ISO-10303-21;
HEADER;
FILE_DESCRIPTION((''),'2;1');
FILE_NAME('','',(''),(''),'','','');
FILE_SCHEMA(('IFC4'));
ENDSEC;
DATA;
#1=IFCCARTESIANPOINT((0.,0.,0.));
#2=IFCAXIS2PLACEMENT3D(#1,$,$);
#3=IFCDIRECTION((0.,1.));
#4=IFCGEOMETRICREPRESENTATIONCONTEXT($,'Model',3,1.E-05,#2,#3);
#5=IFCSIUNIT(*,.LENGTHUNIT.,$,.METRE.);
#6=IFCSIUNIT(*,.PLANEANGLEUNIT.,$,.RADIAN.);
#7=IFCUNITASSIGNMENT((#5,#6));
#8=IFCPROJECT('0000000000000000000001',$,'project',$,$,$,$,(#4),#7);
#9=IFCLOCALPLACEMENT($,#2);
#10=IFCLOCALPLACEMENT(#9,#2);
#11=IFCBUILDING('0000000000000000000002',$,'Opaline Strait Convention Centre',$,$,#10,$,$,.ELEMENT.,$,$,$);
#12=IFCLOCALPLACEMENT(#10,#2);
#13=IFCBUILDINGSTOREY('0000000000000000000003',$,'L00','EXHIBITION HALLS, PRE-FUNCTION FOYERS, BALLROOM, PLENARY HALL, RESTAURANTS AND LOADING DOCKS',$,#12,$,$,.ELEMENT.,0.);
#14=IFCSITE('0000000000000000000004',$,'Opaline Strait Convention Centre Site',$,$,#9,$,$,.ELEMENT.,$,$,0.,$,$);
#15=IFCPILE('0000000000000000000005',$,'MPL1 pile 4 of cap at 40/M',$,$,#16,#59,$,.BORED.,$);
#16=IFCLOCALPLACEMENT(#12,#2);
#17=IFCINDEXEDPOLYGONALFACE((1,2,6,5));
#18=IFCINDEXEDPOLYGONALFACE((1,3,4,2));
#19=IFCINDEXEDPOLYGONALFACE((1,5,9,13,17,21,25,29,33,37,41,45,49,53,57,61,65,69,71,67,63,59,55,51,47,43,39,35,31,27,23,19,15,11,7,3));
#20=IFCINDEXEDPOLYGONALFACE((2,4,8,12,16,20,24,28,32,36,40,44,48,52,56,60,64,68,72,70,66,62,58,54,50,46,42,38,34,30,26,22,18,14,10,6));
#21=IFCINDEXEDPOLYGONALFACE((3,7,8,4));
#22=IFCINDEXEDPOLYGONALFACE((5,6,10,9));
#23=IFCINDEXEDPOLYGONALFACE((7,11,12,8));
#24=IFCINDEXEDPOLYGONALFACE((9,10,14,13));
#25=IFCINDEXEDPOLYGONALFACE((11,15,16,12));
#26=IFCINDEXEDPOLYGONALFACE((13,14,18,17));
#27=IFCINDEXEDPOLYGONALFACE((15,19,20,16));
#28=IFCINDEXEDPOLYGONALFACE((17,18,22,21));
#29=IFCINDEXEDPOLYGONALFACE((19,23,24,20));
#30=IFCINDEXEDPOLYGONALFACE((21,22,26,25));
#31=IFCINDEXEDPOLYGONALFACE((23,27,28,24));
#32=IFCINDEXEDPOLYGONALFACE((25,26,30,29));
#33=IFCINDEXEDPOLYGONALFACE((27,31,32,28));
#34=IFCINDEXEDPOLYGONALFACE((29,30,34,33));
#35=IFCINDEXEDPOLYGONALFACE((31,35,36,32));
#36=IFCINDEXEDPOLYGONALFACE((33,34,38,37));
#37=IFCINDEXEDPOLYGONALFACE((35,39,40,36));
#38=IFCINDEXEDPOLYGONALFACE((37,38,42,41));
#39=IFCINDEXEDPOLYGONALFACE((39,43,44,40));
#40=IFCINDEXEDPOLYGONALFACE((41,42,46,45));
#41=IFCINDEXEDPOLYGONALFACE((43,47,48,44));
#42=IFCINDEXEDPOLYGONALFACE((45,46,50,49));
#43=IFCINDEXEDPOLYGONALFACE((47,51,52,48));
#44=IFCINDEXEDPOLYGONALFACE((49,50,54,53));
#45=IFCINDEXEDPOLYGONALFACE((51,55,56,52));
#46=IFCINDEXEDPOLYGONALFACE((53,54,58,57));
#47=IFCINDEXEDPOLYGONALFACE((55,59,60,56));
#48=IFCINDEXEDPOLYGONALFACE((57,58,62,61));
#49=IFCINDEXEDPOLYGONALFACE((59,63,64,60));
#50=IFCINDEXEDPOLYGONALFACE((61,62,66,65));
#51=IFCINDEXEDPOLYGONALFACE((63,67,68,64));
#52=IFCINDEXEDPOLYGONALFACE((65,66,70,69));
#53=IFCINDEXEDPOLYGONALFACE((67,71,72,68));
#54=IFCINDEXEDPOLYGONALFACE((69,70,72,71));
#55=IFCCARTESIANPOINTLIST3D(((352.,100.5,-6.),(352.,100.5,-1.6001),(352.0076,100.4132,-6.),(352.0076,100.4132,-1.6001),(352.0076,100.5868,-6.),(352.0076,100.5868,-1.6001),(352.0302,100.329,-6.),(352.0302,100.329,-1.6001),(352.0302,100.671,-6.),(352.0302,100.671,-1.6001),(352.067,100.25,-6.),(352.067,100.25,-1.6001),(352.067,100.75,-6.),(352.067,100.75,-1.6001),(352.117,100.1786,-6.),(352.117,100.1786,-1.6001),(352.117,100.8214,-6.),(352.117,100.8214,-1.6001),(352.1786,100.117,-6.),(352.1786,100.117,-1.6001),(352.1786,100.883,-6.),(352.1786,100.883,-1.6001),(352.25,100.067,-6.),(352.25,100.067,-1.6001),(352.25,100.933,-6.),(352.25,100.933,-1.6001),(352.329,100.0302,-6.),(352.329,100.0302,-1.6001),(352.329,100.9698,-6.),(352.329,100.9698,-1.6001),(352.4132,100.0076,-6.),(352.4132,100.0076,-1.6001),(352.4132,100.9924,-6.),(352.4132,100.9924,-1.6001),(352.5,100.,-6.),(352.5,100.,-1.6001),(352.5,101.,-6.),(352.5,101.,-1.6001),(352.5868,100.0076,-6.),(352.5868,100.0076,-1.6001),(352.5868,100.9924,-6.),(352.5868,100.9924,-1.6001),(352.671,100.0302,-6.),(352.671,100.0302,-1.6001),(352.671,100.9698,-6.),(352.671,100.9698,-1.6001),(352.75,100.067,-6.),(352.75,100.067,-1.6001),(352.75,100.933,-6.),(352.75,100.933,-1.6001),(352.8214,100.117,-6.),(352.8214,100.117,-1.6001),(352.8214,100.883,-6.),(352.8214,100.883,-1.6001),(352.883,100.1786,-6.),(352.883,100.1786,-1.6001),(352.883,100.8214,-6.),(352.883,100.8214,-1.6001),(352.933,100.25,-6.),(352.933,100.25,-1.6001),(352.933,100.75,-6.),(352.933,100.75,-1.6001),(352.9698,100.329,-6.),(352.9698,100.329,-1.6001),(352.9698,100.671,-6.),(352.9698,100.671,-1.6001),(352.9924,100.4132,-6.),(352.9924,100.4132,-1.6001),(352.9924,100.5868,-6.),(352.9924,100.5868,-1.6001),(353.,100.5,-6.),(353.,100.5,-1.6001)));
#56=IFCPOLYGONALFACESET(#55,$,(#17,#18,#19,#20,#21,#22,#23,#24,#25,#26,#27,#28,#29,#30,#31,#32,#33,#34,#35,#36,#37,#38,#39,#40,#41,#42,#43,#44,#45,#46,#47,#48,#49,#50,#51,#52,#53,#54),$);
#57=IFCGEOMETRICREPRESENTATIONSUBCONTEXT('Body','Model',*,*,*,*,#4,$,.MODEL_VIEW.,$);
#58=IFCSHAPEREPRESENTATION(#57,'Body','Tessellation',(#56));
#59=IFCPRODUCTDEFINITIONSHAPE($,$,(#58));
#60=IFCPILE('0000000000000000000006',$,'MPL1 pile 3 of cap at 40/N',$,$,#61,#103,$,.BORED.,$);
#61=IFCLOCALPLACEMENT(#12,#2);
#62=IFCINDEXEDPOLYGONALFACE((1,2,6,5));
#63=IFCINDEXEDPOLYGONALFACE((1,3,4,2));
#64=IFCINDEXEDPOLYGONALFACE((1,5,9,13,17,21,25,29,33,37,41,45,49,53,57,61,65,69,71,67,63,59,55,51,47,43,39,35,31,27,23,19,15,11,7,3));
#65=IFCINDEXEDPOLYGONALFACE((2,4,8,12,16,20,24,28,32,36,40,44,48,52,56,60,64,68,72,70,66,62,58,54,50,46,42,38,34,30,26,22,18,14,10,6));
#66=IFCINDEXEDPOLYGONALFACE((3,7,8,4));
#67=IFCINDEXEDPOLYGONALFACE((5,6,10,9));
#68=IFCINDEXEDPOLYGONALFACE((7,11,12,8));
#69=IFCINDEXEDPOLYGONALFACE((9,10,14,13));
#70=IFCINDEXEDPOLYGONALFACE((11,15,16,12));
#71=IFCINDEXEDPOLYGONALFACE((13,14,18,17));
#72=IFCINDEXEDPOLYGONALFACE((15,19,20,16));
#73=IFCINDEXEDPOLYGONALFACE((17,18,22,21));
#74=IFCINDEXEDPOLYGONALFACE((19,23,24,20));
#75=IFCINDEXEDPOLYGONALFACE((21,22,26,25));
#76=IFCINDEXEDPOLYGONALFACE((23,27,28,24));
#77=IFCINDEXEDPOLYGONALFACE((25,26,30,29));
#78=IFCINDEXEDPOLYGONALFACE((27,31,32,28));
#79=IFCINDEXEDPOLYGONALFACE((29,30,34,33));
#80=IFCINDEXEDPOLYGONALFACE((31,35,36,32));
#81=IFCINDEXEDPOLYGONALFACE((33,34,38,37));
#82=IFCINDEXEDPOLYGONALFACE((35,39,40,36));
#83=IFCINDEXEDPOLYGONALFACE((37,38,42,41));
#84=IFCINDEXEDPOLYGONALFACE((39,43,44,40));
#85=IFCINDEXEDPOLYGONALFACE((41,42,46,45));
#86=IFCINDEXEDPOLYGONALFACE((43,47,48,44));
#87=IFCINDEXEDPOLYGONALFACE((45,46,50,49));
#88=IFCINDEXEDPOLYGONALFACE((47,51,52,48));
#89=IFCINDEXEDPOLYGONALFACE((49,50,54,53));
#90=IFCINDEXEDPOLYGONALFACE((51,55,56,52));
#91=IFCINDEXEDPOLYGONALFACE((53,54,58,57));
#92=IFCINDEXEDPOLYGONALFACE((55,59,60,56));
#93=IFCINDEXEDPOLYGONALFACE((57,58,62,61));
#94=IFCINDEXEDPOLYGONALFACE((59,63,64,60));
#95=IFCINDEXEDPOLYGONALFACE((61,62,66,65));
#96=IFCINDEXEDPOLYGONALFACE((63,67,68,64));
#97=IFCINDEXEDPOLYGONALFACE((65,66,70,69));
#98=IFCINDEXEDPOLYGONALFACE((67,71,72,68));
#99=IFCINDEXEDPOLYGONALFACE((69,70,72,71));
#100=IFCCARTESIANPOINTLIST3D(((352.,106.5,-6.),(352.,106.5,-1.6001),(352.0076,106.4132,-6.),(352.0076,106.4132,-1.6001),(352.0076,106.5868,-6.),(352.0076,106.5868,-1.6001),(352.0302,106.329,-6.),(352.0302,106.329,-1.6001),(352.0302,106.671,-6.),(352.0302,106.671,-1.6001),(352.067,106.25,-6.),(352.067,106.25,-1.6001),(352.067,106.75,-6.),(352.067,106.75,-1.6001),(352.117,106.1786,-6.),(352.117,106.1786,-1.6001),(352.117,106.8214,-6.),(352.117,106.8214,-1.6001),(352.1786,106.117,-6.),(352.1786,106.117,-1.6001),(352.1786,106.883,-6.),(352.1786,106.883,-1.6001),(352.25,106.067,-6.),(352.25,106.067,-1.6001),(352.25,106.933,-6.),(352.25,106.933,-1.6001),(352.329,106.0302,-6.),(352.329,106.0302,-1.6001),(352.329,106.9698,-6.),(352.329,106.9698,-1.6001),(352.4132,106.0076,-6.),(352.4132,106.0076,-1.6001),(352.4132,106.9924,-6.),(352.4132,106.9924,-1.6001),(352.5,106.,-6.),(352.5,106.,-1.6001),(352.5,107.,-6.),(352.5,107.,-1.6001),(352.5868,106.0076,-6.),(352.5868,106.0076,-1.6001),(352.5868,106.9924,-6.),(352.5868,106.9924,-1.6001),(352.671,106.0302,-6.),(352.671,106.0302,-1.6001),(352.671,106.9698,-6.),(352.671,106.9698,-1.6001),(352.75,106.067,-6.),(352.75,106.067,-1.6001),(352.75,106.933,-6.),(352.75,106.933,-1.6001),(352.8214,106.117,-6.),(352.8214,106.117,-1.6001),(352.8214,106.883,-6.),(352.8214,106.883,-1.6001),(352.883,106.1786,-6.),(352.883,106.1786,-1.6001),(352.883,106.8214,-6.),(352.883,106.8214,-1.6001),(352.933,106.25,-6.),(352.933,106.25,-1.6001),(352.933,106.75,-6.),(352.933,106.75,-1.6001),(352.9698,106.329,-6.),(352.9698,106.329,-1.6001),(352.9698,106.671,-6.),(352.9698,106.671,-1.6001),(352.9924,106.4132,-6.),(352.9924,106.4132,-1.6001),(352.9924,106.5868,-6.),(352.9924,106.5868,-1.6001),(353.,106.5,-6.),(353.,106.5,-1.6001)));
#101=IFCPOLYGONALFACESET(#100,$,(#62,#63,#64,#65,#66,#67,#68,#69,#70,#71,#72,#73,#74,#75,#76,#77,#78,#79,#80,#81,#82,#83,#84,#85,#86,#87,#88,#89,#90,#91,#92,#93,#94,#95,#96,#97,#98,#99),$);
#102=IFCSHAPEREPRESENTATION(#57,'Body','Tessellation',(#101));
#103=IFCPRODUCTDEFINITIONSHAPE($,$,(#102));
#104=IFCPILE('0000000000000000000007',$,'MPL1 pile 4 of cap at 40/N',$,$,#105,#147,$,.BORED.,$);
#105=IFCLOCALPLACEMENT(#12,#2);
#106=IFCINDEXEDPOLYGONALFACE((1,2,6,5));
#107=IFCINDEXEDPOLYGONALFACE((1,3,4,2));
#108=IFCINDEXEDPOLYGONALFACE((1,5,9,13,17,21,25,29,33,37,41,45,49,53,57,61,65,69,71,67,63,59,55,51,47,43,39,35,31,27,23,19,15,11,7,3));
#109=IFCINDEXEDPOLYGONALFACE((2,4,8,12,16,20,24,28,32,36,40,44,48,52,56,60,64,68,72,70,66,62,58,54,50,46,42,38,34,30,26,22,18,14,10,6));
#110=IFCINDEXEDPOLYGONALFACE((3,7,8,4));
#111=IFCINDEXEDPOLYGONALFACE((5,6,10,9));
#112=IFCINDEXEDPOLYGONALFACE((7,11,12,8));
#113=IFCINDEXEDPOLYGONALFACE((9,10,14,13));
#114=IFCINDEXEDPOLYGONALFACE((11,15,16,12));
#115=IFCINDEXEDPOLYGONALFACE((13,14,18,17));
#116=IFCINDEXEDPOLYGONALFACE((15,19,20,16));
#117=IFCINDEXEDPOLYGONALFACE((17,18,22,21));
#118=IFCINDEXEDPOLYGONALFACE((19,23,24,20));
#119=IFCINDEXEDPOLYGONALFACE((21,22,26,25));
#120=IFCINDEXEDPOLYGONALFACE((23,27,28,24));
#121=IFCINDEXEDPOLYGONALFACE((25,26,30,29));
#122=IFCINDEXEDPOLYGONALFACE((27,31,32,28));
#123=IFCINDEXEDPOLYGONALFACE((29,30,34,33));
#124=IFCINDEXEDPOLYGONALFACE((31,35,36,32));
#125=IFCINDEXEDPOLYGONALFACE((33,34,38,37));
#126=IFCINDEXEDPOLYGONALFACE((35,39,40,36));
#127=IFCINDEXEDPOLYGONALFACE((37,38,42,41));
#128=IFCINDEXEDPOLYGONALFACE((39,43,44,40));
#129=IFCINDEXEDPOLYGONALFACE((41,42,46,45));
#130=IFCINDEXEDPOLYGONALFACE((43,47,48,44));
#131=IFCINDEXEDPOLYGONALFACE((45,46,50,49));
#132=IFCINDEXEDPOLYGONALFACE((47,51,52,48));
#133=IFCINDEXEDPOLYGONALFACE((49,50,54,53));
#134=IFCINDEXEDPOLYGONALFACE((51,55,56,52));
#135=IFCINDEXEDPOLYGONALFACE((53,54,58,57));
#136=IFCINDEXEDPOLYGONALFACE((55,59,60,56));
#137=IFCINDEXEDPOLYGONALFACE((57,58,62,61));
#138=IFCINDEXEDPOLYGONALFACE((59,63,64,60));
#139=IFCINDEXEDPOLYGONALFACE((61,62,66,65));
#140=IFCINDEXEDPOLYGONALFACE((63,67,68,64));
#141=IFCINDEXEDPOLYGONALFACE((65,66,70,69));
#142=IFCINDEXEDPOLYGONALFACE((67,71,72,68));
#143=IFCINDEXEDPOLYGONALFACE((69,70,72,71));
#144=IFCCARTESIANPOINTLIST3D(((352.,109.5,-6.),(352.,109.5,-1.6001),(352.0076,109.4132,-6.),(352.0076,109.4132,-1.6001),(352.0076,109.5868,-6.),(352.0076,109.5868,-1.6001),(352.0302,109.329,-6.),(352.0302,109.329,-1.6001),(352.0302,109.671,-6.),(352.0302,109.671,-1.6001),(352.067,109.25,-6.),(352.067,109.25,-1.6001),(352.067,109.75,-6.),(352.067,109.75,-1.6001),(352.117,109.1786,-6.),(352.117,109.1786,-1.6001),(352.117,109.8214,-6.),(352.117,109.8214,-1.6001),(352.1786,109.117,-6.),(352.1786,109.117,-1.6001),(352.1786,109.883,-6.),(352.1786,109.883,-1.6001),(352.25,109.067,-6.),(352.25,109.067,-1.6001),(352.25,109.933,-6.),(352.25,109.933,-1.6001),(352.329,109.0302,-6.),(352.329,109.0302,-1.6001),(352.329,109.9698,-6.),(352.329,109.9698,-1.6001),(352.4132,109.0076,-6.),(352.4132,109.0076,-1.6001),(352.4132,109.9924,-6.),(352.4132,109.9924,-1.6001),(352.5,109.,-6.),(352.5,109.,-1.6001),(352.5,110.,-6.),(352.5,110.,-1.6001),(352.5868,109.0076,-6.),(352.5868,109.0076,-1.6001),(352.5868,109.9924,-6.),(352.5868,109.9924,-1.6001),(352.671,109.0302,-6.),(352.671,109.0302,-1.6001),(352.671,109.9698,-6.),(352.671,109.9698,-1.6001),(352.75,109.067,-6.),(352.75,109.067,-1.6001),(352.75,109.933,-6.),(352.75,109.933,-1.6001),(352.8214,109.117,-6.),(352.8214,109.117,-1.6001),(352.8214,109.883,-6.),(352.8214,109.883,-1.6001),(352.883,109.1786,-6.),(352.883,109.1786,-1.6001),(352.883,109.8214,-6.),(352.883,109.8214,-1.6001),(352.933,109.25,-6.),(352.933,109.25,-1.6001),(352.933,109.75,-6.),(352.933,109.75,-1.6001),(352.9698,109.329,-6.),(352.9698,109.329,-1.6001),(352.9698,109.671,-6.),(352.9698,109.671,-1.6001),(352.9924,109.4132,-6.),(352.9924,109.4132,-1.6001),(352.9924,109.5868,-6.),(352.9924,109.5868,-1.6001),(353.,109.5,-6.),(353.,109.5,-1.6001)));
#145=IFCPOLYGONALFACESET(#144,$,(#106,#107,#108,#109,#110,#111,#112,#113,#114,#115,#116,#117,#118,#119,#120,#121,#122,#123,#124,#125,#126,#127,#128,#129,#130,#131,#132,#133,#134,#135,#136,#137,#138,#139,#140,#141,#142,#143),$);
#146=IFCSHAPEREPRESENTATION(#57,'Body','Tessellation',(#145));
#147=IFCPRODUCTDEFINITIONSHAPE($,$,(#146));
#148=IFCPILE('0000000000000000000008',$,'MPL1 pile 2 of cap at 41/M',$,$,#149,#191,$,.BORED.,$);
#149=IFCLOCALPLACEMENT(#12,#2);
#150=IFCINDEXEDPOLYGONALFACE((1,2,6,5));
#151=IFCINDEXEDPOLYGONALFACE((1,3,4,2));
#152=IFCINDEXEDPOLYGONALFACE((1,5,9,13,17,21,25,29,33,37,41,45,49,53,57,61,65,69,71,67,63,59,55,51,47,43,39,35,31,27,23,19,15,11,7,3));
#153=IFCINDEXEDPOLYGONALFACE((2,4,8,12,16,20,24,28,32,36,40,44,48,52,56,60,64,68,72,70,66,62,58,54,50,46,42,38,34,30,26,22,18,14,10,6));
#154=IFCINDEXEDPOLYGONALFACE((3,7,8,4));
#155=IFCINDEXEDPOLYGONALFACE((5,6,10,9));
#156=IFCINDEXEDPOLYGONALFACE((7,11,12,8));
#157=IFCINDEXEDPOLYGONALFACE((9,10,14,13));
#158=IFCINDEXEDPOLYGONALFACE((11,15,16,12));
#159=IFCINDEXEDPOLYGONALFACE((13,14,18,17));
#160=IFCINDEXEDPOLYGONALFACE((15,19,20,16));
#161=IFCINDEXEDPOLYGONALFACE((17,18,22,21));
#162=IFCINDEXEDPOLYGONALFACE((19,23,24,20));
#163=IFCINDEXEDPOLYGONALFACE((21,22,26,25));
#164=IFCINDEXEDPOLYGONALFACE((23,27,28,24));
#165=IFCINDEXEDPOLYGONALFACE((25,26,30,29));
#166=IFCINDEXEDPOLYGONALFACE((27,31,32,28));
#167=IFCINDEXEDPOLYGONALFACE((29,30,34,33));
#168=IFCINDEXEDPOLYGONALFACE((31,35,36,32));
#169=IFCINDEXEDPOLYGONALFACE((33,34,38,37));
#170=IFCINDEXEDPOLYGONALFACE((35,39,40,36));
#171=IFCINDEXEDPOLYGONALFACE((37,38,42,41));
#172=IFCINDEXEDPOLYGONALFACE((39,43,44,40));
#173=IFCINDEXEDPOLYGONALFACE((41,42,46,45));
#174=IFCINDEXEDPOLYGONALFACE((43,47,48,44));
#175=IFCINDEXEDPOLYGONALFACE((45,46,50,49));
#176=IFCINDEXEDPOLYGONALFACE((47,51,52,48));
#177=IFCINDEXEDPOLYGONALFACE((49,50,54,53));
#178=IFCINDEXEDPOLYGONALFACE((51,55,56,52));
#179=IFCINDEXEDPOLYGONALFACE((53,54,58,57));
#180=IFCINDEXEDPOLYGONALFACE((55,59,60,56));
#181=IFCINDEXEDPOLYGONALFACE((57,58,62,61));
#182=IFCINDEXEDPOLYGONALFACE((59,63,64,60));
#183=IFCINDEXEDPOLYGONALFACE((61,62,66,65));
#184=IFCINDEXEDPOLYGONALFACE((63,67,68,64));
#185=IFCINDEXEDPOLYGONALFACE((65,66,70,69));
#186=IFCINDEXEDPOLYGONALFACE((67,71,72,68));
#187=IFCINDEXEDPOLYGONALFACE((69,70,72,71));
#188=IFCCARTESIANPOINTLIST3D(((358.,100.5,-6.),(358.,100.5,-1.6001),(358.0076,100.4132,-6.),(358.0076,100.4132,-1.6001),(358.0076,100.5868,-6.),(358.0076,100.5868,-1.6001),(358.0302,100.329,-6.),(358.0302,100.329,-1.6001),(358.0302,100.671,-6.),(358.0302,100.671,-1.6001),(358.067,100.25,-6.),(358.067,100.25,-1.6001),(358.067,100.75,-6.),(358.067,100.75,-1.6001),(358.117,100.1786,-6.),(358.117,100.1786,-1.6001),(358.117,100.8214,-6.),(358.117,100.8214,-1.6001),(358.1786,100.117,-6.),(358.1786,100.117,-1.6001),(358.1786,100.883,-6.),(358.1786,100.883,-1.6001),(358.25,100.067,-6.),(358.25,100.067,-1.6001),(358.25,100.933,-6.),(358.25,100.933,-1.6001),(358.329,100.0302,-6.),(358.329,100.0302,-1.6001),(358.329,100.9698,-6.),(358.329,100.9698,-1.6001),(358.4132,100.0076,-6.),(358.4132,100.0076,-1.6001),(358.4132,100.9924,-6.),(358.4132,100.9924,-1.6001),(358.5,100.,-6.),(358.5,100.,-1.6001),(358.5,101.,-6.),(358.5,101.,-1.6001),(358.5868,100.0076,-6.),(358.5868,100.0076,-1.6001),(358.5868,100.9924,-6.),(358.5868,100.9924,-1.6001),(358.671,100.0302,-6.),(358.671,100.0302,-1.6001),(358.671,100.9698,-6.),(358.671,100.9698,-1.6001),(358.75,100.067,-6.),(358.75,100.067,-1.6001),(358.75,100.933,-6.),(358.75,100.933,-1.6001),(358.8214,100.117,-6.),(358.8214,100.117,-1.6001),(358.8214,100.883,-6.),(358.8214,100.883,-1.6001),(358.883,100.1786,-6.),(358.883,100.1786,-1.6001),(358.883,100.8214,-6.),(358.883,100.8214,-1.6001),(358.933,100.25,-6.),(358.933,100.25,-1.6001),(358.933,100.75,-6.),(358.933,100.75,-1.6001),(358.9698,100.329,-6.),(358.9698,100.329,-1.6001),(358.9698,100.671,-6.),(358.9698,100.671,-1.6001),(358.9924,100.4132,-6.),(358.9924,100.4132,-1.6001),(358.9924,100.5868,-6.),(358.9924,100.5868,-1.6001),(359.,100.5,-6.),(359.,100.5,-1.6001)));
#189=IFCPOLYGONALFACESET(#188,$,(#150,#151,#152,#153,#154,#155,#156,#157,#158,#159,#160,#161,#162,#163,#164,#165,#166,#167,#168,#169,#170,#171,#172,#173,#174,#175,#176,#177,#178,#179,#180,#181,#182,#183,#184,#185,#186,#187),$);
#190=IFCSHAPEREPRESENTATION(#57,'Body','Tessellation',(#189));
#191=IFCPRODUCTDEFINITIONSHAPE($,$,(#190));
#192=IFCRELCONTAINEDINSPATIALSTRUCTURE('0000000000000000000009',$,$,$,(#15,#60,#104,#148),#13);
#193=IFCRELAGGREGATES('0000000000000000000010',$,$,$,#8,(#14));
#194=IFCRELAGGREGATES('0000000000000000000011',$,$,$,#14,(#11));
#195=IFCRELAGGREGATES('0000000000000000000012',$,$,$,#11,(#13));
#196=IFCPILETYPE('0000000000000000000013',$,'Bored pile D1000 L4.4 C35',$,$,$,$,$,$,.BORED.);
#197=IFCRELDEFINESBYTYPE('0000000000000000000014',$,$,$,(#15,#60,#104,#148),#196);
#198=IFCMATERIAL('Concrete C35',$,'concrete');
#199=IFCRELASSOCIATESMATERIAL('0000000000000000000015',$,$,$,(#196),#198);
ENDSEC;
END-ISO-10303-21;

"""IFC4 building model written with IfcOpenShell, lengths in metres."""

from ifc_helpers import new_model, si_unit, direction, frame, origin, origin_2d, place, context, subcontext, project, spatial, circle, extrude, material, material_profile, profile_set, type_object, element, save


model = new_model("IFC4")

# Units and contexts
model_context = context("Model", 3, precision=1e-05, world=origin(), true_north=direction((0.0, 1.0)))
body_context = subcontext(model_context, "Body", "Model", "MODEL_VIEW")
ifc_project = project(units=[si_unit("LENGTHUNIT", "METRE"), si_unit("PLANEANGLEUNIT", "RADIAN")], contexts=[model_context])

# Site, building, storey
site_placement = place(None, origin())
site = spatial("IfcSite", under=ifc_project, at=site_placement, Name="Opaline Strait Convention Centre Site", CompositionType="ELEMENT", RefElevation=0.0)
building_placement = place(site_placement, origin())
building = spatial("IfcBuilding", under=site, at=building_placement, Name="Opaline Strait Convention Centre", CompositionType="ELEMENT")
storey_placement = place(building_placement, origin())
storey = spatial("IfcBuildingStorey", under=building, at=storey_placement, Name="L00", Description="EXHIBITION HALLS, PRE-FUNCTION FOYERS, BALLROOM, PLENARY HALL, RESTAURANTS AND LOADING DOCKS", CompositionType="ELEMENT", Elevation=0.0)

# Piles
ifc_material_1 = material(Name="Concrete C35", Category="concrete")
ifc_material_profile_1 = material_profile(ifc_material_1, circle(Radius=0.5, at=origin_2d()), Name="D1000")
ifc_profile_set_1 = profile_set([ifc_material_profile_1], Name="Concrete C35")
pile_type = type_object("IfcPileType", Name="Bored pile D1000 L4.4 C35", PredefinedType="BORED", material=ifc_profile_set_1)
for number, where, z_axis, x_axis, name in (
    (1, (352.5, 100.5, -1.6001), (0.0, 0.0, -1.0), (1.0, 0.0, 0.0), "MPL1 pile 4 of cap at 40/M"),
    (2, (352.5, 106.5, -1.6001), (0.0, 0.0, -1.0), (1.0, 0.0, 0.0), "MPL1 pile 3 of cap at 40/N"),
    (3, (352.5, 109.5, -1.6001), (0.0, 0.0, -1.0), (1.0, 0.0, 0.0), "MPL1 pile 4 of cap at 40/N"),
    (4, (358.5, 100.5, -1.6001), (0.0, 0.0, -1.0), (1.0, 0.0, 0.0), "MPL1 pile 2 of cap at 41/M"),
):
    element("IfcPile", number, at=place(storey_placement, frame(where, z_axis=z_axis, x_axis=x_axis)), inside=storey, type_object=pile_type, Name=name, PredefinedType="BORED", context=body_context, shape_type="SweptSolid", body=[
        extrude(circle(Radius=0.5, at=origin_2d()), origin(), (0.0, 0.0, 1.0), 4.3999),
    ])

save(model, "model.ifc")
